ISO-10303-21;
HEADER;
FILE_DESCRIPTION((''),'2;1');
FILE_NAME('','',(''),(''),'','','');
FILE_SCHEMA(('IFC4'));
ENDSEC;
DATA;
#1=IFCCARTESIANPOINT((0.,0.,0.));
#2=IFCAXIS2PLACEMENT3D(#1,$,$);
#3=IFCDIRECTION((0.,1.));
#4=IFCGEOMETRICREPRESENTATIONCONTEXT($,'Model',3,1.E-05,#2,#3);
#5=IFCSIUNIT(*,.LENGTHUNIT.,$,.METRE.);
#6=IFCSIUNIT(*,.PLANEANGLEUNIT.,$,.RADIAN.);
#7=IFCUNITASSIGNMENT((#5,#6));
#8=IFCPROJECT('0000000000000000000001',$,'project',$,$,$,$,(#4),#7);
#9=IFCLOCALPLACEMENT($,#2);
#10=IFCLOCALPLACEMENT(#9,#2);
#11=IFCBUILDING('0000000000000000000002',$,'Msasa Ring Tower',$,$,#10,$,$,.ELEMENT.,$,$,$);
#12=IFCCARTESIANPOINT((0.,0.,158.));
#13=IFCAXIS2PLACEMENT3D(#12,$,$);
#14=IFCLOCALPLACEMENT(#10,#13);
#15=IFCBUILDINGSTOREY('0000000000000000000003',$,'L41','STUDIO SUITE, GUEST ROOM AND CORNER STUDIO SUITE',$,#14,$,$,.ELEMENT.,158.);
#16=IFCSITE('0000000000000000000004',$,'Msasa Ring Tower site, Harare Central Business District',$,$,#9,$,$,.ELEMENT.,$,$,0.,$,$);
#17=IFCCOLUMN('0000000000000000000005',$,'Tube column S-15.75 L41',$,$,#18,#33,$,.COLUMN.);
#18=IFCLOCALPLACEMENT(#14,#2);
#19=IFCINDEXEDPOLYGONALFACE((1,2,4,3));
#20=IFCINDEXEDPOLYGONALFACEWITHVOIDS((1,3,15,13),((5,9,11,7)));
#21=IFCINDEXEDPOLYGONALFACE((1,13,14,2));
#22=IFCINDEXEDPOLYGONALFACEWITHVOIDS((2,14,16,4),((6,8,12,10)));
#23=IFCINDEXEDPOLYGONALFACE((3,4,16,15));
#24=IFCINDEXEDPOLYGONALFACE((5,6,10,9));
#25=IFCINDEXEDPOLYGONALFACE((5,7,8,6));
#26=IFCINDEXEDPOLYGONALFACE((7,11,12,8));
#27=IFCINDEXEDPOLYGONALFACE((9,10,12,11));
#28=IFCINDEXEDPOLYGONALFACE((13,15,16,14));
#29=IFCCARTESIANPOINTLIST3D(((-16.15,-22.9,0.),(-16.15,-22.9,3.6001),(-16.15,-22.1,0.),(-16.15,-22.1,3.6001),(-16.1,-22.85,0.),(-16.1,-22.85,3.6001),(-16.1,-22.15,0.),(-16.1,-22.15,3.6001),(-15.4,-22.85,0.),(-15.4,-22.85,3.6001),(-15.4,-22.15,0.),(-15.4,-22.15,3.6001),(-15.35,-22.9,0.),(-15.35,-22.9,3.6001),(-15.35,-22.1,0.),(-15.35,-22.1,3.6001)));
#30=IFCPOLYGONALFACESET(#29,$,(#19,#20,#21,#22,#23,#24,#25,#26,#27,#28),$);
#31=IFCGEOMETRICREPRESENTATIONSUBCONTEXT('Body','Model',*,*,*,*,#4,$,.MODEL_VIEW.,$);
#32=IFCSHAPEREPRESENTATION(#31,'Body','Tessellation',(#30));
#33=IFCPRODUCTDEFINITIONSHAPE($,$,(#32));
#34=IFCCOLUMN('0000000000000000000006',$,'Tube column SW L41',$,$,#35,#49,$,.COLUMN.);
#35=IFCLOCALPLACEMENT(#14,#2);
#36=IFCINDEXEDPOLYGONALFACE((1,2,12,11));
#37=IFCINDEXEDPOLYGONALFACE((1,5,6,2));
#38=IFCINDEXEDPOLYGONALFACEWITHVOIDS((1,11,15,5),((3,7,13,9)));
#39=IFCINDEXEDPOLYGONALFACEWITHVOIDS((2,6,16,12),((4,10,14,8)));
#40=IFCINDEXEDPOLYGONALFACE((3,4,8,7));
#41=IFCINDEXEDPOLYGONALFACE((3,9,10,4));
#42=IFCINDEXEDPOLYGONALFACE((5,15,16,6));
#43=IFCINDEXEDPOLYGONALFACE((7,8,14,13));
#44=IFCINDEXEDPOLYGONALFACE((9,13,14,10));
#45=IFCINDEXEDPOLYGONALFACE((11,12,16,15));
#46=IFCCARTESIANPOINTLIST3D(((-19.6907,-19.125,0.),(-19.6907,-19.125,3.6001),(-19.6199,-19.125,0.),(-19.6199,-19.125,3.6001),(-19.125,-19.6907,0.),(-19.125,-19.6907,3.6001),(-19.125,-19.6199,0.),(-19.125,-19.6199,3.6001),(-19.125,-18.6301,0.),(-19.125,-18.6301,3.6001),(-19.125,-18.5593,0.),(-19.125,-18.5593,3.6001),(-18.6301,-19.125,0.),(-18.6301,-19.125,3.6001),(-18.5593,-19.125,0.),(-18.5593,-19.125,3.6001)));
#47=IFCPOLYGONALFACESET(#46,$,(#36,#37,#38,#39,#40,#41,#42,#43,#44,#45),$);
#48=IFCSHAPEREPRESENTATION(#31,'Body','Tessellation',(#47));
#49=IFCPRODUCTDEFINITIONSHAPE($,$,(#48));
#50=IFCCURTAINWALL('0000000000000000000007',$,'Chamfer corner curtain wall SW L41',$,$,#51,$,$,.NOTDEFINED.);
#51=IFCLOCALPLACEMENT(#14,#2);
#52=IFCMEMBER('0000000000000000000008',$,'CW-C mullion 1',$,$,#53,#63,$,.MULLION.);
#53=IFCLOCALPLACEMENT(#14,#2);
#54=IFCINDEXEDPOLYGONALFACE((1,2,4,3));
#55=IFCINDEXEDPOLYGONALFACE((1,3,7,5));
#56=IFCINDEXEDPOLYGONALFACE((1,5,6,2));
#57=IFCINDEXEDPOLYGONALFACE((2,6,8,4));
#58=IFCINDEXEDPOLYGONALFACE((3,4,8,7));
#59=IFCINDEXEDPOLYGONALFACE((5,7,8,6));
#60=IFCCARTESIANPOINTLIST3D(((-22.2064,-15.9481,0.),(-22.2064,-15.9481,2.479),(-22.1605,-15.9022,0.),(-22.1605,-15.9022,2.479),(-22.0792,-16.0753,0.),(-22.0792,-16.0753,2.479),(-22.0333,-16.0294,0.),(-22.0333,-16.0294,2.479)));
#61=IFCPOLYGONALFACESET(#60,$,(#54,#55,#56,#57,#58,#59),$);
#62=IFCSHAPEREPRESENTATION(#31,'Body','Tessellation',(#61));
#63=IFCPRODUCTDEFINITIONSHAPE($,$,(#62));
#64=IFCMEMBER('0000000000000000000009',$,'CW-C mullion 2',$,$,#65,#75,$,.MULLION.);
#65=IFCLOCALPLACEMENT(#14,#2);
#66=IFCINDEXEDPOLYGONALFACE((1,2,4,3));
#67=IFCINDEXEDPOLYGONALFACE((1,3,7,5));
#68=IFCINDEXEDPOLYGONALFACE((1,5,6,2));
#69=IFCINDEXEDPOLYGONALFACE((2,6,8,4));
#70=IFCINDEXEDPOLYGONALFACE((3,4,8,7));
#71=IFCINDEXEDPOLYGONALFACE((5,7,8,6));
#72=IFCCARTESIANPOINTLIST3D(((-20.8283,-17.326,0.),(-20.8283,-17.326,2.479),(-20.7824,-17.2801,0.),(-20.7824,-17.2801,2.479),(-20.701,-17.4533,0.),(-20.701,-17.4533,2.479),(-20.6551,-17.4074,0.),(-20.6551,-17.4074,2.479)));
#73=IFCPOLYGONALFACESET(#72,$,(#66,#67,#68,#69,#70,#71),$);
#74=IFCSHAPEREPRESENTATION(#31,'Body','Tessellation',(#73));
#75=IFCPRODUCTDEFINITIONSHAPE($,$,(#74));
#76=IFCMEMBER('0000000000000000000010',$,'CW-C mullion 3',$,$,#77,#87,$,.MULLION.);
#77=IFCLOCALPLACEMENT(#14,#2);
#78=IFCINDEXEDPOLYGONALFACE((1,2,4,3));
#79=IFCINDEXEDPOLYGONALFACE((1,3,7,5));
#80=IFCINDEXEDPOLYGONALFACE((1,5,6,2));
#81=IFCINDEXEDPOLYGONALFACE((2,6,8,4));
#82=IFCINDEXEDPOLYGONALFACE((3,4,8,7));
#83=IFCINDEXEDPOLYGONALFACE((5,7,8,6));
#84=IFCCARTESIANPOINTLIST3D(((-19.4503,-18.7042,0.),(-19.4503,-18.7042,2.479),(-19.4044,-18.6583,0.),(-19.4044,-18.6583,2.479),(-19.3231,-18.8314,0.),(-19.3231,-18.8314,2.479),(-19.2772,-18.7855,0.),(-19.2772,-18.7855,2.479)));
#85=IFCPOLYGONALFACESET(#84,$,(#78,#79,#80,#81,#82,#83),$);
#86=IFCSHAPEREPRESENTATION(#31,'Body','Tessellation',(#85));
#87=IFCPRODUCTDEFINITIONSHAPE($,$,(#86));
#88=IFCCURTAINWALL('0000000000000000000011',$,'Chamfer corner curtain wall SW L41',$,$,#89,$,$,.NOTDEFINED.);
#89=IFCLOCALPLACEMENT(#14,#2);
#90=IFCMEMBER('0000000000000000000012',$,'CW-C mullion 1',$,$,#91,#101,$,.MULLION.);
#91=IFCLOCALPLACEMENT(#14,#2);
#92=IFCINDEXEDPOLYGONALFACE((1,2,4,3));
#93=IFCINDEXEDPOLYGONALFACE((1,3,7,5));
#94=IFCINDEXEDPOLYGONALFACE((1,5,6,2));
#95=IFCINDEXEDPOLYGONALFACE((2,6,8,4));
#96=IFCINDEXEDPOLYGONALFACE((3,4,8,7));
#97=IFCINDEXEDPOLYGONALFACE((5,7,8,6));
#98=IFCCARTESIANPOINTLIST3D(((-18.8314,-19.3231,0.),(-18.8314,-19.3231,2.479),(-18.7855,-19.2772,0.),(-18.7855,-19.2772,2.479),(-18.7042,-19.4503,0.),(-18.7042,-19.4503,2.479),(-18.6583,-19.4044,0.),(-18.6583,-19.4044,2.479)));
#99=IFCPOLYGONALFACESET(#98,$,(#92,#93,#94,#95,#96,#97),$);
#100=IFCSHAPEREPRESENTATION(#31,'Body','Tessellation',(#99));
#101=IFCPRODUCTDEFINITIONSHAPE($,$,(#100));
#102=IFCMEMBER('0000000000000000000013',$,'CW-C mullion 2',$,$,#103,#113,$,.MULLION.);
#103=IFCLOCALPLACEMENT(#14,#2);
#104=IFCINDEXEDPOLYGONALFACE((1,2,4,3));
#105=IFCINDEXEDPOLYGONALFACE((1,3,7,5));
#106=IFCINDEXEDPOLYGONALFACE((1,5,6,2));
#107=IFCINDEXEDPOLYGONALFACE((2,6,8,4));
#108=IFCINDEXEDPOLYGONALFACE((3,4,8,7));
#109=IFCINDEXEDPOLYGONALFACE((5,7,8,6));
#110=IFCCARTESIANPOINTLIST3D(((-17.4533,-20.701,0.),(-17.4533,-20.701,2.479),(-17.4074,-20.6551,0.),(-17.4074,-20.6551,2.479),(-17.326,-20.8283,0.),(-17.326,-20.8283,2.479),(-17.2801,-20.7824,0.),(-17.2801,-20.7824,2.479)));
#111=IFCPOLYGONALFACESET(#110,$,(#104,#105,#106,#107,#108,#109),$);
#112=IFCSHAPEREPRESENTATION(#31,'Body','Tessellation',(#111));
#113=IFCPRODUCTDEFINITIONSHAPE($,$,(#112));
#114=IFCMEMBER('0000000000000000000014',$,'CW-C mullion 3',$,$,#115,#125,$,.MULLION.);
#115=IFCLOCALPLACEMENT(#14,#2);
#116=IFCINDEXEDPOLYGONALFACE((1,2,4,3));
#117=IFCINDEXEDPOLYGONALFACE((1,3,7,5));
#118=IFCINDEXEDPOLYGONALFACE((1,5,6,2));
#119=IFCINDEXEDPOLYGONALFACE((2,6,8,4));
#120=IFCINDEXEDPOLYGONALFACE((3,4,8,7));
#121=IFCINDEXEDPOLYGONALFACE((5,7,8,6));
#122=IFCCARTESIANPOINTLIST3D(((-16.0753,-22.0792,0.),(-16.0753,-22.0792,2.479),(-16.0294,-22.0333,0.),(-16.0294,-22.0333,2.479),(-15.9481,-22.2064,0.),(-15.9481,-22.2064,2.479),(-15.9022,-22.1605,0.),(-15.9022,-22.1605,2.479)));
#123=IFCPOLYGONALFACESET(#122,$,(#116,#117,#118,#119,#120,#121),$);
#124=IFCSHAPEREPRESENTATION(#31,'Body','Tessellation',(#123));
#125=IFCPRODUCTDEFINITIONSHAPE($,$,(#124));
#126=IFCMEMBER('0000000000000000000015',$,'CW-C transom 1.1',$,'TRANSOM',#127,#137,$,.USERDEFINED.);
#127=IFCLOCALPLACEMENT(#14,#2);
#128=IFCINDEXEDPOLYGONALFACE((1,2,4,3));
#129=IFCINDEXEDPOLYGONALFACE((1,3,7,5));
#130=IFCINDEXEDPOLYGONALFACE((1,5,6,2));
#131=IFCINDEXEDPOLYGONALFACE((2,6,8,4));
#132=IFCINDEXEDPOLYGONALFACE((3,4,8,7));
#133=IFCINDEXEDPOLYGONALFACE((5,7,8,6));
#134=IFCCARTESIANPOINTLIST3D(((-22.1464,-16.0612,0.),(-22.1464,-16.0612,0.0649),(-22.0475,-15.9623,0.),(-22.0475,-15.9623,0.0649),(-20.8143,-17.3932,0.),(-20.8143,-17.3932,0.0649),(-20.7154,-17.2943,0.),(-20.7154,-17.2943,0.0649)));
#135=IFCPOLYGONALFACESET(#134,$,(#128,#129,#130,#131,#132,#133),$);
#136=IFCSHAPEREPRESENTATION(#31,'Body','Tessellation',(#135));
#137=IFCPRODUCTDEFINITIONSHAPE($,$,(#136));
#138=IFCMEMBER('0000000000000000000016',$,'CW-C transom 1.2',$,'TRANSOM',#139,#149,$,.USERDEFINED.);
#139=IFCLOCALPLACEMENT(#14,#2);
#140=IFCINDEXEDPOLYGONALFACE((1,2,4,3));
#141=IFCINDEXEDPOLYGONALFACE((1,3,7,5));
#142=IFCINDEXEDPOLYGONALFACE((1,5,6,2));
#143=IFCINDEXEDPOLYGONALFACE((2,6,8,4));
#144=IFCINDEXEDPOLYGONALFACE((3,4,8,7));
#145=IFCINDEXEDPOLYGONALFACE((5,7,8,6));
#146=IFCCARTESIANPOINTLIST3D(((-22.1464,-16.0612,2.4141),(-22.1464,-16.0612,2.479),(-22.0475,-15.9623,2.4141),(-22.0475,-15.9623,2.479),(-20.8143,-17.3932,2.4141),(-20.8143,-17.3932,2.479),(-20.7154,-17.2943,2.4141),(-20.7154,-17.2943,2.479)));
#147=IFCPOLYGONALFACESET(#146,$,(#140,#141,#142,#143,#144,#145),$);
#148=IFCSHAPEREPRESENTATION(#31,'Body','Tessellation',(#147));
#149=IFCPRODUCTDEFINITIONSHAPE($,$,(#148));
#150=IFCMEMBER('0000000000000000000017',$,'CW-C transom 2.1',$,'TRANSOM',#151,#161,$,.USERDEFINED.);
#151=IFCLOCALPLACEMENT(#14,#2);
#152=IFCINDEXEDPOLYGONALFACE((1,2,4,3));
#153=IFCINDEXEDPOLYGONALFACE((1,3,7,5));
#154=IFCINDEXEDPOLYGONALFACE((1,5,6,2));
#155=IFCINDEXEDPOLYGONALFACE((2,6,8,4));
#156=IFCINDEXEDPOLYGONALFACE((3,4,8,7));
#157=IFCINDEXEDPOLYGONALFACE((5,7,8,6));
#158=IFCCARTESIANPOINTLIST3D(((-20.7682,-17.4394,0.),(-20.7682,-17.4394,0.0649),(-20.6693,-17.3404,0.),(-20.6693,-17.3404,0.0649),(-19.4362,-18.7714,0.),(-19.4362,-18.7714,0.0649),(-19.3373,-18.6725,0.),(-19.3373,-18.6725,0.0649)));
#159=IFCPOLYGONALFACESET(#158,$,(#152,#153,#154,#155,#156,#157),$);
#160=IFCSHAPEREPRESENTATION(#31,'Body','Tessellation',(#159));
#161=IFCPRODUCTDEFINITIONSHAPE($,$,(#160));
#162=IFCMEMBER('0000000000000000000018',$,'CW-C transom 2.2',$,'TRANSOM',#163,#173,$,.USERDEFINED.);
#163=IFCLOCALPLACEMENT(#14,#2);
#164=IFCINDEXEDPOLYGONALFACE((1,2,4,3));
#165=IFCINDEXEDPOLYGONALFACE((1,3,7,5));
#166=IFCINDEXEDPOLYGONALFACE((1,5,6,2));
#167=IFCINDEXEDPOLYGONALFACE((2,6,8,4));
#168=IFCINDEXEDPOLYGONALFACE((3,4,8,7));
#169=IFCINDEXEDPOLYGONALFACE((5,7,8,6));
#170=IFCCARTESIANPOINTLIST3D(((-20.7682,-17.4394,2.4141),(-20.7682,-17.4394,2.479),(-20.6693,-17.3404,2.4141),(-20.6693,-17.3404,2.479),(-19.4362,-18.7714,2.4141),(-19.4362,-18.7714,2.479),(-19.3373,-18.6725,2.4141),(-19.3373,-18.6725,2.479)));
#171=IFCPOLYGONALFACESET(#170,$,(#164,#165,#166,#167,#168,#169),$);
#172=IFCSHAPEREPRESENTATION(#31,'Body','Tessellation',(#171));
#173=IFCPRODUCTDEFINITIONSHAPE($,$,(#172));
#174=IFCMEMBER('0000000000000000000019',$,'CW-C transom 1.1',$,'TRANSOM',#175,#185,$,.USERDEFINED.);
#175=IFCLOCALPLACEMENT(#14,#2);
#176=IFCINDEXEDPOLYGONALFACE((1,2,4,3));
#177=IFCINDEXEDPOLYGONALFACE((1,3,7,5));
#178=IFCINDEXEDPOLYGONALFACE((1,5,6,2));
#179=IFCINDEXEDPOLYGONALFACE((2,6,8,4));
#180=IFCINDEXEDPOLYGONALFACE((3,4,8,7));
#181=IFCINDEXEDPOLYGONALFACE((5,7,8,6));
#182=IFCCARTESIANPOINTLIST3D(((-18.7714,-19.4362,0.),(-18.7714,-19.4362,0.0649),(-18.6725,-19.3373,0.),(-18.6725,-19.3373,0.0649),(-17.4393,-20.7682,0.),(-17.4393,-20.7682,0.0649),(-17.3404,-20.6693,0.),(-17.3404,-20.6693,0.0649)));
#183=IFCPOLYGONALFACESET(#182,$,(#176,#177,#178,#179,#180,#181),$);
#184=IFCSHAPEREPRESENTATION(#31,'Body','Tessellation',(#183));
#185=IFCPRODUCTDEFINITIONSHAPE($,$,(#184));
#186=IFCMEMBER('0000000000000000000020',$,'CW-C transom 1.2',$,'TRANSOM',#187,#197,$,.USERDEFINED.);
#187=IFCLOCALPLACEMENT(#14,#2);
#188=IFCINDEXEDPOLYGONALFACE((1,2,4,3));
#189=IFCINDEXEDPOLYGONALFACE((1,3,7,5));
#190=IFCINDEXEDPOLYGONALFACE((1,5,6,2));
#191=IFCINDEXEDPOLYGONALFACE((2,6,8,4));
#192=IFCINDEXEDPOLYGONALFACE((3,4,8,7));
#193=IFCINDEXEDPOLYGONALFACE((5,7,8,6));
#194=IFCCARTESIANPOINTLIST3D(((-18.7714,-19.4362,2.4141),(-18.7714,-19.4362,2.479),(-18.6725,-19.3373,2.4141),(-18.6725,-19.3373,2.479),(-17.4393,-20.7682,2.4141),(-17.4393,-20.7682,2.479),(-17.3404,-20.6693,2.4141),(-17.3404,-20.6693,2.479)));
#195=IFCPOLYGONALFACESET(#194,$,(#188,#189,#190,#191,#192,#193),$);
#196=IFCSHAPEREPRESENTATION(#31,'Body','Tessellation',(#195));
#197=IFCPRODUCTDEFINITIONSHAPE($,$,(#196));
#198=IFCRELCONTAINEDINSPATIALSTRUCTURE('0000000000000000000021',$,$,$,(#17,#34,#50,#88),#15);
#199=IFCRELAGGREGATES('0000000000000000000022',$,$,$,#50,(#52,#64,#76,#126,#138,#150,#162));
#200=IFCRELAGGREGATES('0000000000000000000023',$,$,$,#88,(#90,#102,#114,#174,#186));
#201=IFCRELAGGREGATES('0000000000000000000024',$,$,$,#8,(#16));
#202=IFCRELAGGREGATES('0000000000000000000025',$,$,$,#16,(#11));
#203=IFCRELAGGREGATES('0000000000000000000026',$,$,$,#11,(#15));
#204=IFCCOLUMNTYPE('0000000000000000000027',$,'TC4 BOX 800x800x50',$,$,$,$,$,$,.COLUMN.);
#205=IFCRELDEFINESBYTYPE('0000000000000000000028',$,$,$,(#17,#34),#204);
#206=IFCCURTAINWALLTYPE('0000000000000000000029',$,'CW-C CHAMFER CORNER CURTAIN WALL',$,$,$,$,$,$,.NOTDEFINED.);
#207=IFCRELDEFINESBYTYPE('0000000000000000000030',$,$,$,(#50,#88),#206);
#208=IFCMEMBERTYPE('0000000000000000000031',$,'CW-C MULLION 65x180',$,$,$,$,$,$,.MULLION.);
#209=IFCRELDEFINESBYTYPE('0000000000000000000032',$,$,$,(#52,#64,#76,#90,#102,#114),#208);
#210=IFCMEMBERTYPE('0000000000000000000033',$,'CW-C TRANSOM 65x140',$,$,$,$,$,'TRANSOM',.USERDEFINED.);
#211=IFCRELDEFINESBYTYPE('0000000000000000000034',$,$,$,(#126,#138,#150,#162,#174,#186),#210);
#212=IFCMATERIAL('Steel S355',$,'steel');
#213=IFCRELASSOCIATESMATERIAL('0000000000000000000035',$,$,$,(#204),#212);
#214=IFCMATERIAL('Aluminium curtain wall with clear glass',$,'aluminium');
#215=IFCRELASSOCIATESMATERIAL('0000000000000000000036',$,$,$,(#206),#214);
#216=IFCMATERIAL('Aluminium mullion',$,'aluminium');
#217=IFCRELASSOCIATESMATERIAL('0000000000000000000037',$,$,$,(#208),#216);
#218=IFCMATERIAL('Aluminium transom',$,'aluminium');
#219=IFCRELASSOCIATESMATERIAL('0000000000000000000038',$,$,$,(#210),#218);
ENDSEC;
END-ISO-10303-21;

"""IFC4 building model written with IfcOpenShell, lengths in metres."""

from ifc_helpers import new_model, si_unit, direction, frame, origin, origin_2d, place, context, subcontext, project, spatial, rectangle, hollow_rectangle, extrude, material, material_profile, profile_set, type_object, element, aggregate, save


model = new_model("IFC4")

# Units and contexts
model_context = context("Model", 3, precision=1e-05, world=origin(), true_north=direction((0.0, 1.0)))
body_context = subcontext(model_context, "Body", "Model", "MODEL_VIEW")
ifc_project = project(units=[si_unit("LENGTHUNIT", "METRE"), si_unit("PLANEANGLEUNIT", "RADIAN")], contexts=[model_context])

# Site, building, storey
site_placement = place(None, origin())
site = spatial("IfcSite", under=ifc_project, at=site_placement, Name="Msasa Ring Tower site, Harare Central Business District", CompositionType="ELEMENT", RefElevation=0.0)
building_placement = place(site_placement, origin())
building = spatial("IfcBuilding", under=site, at=building_placement, Name="Msasa Ring Tower", CompositionType="ELEMENT")
storey_placement = place(building_placement, frame((0.0, 0.0, 158.0)))
storey = spatial("IfcBuildingStorey", under=building, at=storey_placement, Name="L41", Description="STUDIO SUITE, GUEST ROOM AND CORNER STUDIO SUITE", CompositionType="ELEMENT", Elevation=158.0)

# Columns
ifc_material_1 = material(Name="Steel S355", Category="steel")
ifc_material_profile_1 = material_profile(ifc_material_1, hollow_rectangle(XDim=0.8, YDim=0.8, WallThickness=0.05, at=origin_2d()), Name="BOX 800x800x50")
ifc_profile_set_1 = profile_set([ifc_material_profile_1], Name="Steel S355")
column_type = type_object("IfcColumnType", Name="TC4 BOX 800x800x50", PredefinedType="COLUMN", material=ifc_profile_set_1)
for number, where, z_axis, x_axis, name in (
    (1, (-15.75, -22.5, 0.0), (0.0, 0.0, 1.0), (0.0, 1.0, 0.0), "Tube column S-15.75 L41"),
    (2, (-19.125, -19.125, 0.0), (0.0, 0.0, 1.0), (0.707107, 0.707107, 0.0), "Tube column SW L41"),
):
    element("IfcColumn", number, at=place(storey_placement, frame(where, z_axis=z_axis, x_axis=x_axis)), inside=storey, type_object=column_type, Name=name, PredefinedType="COLUMN", context=body_context, shape_type="SweptSolid", body=[
        extrude(hollow_rectangle(XDim=0.8, YDim=0.8, WallThickness=0.05, at=origin_2d()), origin(), (0.0, 0.0, 1.0), 3.6001),
    ])

# Curtain walls, members
ifc_material_2 = material(Name="Aluminium curtain wall with clear glass", Category="aluminium")
curtain_wall_type = type_object("IfcCurtainWallType", Name="CW-C CHAMFER CORNER CURTAIN WALL", PredefinedType="NOTDEFINED", material=ifc_material_2)
curtain_wall_1_placement = place(storey_placement, origin())
curtain_wall_1 = element("IfcCurtainWall", 3, at=curtain_wall_1_placement, inside=storey, type_object=curtain_wall_type, Name="Chamfer corner curtain wall SW L41", PredefinedType="NOTDEFINED")
ifc_material_3 = material(Name="Aluminium mullion", Category="aluminium")
ifc_material_profile_2 = material_profile(ifc_material_3, rectangle(XDim=0.0649, YDim=0.1799, at=origin_2d()), Name="AL 65x180")
ifc_profile_set_2 = profile_set([ifc_material_profile_2], Name="Aluminium mullion")
member_type_1 = type_object("IfcMemberType", Name="CW-C MULLION 65x180", PredefinedType="MULLION", material=ifc_profile_set_2)
member_1_placement = place(storey_placement, frame((-22.1199, -15.9888, 0.0), z_axis=(0.0, 0.0, 1.0), x_axis=(0.707107, 0.707107, 0.0)))
member_1 = element("IfcMember", 4, at=member_1_placement, type_object=member_type_1, Name="CW-C mullion 1", PredefinedType="MULLION", context=body_context, shape_type="SweptSolid", body=[
    extrude(rectangle(XDim=0.0649, YDim=0.1799, at=origin_2d()), origin(), (0.0, 0.0, 1.0), 2.479),
])
member_2_placement = place(storey_placement, frame((-20.7417, -17.3667, 0.0), z_axis=(0.0, 0.0, 1.0), x_axis=(0.707107, 0.707107, 0.0)))
member_2 = element("IfcMember", 5, at=member_2_placement, type_object=member_type_1, Name="CW-C mullion 2", PredefinedType="MULLION", context=body_context, shape_type="SweptSolid", body=[
    extrude(rectangle(XDim=0.0649, YDim=0.1799, at=origin_2d()), origin(), (0.0, 0.0, 1.0), 2.479),
])
member_3_placement = place(storey_placement, frame((-19.3638, -18.7449, 0.0), z_axis=(0.0, 0.0, 1.0), x_axis=(0.707107, 0.707107, 0.0)))
member_3 = element("IfcMember", 6, at=member_3_placement, type_object=member_type_1, Name="CW-C mullion 3", PredefinedType="MULLION", context=body_context, shape_type="SweptSolid", body=[
    extrude(rectangle(XDim=0.0649, YDim=0.1799, at=origin_2d()), origin(), (0.0, 0.0, 1.0), 2.479),
])
curtain_wall_2_placement = place(storey_placement, origin())
curtain_wall_2 = element("IfcCurtainWall", 7, at=curtain_wall_2_placement, inside=storey, type_object=curtain_wall_type, Name="Chamfer corner curtain wall SW L41", PredefinedType="NOTDEFINED")
member_4_placement = place(storey_placement, frame((-18.7449, -19.3638, 0.0), z_axis=(0.0, 0.0, 1.0), x_axis=(0.707107, 0.707107, 0.0)))
member_4 = element("IfcMember", 8, at=member_4_placement, type_object=member_type_1, Name="CW-C mullion 1", PredefinedType="MULLION", context=body_context, shape_type="SweptSolid", body=[
    extrude(rectangle(XDim=0.0649, YDim=0.1799, at=origin_2d()), origin(), (0.0, 0.0, 1.0), 2.479),
])
member_5_placement = place(storey_placement, frame((-17.3667, -20.7417, 0.0), z_axis=(0.0, 0.0, 1.0), x_axis=(0.707107, 0.707107, 0.0)))
member_5 = element("IfcMember", 9, at=member_5_placement, type_object=member_type_1, Name="CW-C mullion 2", PredefinedType="MULLION", context=body_context, shape_type="SweptSolid", body=[
    extrude(rectangle(XDim=0.0649, YDim=0.1799, at=origin_2d()), origin(), (0.0, 0.0, 1.0), 2.479),
])
member_6_placement = place(storey_placement, frame((-15.9888, -22.1199, 0.0), z_axis=(0.0, 0.0, 1.0), x_axis=(0.707107, 0.707107, 0.0)))
member_6 = element("IfcMember", 10, at=member_6_placement, type_object=member_type_1, Name="CW-C mullion 3", PredefinedType="MULLION", context=body_context, shape_type="SweptSolid", body=[
    extrude(rectangle(XDim=0.0649, YDim=0.1799, at=origin_2d()), origin(), (0.0, 0.0, 1.0), 2.479),
])

# Members
ifc_material_4 = material(Name="Aluminium transom", Category="aluminium")
ifc_material_profile_3 = material_profile(ifc_material_4, rectangle(XDim=0.1399, YDim=0.0649, at=origin_2d()), Name="AL 65x140")
ifc_profile_set_3 = profile_set([ifc_material_profile_3], Name="Aluminium transom")
member_type_2 = type_object("IfcMemberType", Name="CW-C TRANSOM 65x140", ElementType="TRANSOM", PredefinedType="USERDEFINED", material=ifc_profile_set_3)
member_7_placement = place(storey_placement, frame((-22.0969, -16.0117, 0.0325), z_axis=(0.707107, -0.707107, 0.0), x_axis=(0.707107, 0.707107, 0.0)))
member_7 = element("IfcMember", 11, at=member_7_placement, type_object=member_type_2, Name="CW-C transom 1.1", ObjectType="TRANSOM", PredefinedType="USERDEFINED", context=body_context, shape_type="SweptSolid", body=[
    extrude(rectangle(XDim=0.1399, YDim=0.0649, at=origin_2d()), origin(), (0.0, 0.0, 1.0), 1.8838),
])
member_8_placement = place(storey_placement, frame((-22.0969, -16.0117, 2.4465), z_axis=(0.707107, -0.707107, 0.0), x_axis=(0.707107, 0.707107, 0.0)))
member_8 = element("IfcMember", 12, at=member_8_placement, type_object=member_type_2, Name="CW-C transom 1.2", ObjectType="TRANSOM", PredefinedType="USERDEFINED", context=body_context, shape_type="SweptSolid", body=[
    extrude(rectangle(XDim=0.1399, YDim=0.0649, at=origin_2d()), origin(), (0.0, 0.0, 1.0), 1.8838),
])
member_9_placement = place(storey_placement, frame((-20.7188, -17.3899, 0.0325), z_axis=(0.707107, -0.707107, 0.0), x_axis=(0.707107, 0.707107, 0.0)))
member_9 = element("IfcMember", 13, at=member_9_placement, type_object=member_type_2, Name="CW-C transom 2.1", ObjectType="TRANSOM", PredefinedType="USERDEFINED", context=body_context, shape_type="SweptSolid", body=[
    extrude(rectangle(XDim=0.1399, YDim=0.0649, at=origin_2d()), origin(), (0.0, 0.0, 1.0), 1.8838),
])
member_10_placement = place(storey_placement, frame((-20.7188, -17.3899, 2.4465), z_axis=(0.707107, -0.707107, 0.0), x_axis=(0.707107, 0.707107, 0.0)))
member_10 = element("IfcMember", 14, at=member_10_placement, type_object=member_type_2, Name="CW-C transom 2.2", ObjectType="TRANSOM", PredefinedType="USERDEFINED", context=body_context, shape_type="SweptSolid", body=[
    extrude(rectangle(XDim=0.1399, YDim=0.0649, at=origin_2d()), origin(), (0.0, 0.0, 1.0), 1.8838),
])
member_11_placement = place(storey_placement, frame((-18.7219, -19.3867, 0.0325), z_axis=(0.707107, -0.707107, 0.0), x_axis=(0.707107, 0.707107, 0.0)))
member_11 = element("IfcMember", 15, at=member_11_placement, type_object=member_type_2, Name="CW-C transom 1.1", ObjectType="TRANSOM", PredefinedType="USERDEFINED", context=body_context, shape_type="SweptSolid", body=[
    extrude(rectangle(XDim=0.1399, YDim=0.0649, at=origin_2d()), origin(), (0.0, 0.0, 1.0), 1.8838),
])
member_12_placement = place(storey_placement, frame((-18.7219, -19.3867, 2.4465), z_axis=(0.707107, -0.707107, 0.0), x_axis=(0.707107, 0.707107, 0.0)))
member_12 = element("IfcMember", 16, at=member_12_placement, type_object=member_type_2, Name="CW-C transom 1.2", ObjectType="TRANSOM", PredefinedType="USERDEFINED", context=body_context, shape_type="SweptSolid", body=[
    extrude(rectangle(XDim=0.1399, YDim=0.0649, at=origin_2d()), origin(), (0.0, 0.0, 1.0), 1.8838),
])

aggregate(curtain_wall_1, [member_1, member_2, member_3, member_7, member_8, member_9, member_10])
aggregate(curtain_wall_2, [member_4, member_5, member_6, member_11, member_12])

save(model, "model.ifc")
